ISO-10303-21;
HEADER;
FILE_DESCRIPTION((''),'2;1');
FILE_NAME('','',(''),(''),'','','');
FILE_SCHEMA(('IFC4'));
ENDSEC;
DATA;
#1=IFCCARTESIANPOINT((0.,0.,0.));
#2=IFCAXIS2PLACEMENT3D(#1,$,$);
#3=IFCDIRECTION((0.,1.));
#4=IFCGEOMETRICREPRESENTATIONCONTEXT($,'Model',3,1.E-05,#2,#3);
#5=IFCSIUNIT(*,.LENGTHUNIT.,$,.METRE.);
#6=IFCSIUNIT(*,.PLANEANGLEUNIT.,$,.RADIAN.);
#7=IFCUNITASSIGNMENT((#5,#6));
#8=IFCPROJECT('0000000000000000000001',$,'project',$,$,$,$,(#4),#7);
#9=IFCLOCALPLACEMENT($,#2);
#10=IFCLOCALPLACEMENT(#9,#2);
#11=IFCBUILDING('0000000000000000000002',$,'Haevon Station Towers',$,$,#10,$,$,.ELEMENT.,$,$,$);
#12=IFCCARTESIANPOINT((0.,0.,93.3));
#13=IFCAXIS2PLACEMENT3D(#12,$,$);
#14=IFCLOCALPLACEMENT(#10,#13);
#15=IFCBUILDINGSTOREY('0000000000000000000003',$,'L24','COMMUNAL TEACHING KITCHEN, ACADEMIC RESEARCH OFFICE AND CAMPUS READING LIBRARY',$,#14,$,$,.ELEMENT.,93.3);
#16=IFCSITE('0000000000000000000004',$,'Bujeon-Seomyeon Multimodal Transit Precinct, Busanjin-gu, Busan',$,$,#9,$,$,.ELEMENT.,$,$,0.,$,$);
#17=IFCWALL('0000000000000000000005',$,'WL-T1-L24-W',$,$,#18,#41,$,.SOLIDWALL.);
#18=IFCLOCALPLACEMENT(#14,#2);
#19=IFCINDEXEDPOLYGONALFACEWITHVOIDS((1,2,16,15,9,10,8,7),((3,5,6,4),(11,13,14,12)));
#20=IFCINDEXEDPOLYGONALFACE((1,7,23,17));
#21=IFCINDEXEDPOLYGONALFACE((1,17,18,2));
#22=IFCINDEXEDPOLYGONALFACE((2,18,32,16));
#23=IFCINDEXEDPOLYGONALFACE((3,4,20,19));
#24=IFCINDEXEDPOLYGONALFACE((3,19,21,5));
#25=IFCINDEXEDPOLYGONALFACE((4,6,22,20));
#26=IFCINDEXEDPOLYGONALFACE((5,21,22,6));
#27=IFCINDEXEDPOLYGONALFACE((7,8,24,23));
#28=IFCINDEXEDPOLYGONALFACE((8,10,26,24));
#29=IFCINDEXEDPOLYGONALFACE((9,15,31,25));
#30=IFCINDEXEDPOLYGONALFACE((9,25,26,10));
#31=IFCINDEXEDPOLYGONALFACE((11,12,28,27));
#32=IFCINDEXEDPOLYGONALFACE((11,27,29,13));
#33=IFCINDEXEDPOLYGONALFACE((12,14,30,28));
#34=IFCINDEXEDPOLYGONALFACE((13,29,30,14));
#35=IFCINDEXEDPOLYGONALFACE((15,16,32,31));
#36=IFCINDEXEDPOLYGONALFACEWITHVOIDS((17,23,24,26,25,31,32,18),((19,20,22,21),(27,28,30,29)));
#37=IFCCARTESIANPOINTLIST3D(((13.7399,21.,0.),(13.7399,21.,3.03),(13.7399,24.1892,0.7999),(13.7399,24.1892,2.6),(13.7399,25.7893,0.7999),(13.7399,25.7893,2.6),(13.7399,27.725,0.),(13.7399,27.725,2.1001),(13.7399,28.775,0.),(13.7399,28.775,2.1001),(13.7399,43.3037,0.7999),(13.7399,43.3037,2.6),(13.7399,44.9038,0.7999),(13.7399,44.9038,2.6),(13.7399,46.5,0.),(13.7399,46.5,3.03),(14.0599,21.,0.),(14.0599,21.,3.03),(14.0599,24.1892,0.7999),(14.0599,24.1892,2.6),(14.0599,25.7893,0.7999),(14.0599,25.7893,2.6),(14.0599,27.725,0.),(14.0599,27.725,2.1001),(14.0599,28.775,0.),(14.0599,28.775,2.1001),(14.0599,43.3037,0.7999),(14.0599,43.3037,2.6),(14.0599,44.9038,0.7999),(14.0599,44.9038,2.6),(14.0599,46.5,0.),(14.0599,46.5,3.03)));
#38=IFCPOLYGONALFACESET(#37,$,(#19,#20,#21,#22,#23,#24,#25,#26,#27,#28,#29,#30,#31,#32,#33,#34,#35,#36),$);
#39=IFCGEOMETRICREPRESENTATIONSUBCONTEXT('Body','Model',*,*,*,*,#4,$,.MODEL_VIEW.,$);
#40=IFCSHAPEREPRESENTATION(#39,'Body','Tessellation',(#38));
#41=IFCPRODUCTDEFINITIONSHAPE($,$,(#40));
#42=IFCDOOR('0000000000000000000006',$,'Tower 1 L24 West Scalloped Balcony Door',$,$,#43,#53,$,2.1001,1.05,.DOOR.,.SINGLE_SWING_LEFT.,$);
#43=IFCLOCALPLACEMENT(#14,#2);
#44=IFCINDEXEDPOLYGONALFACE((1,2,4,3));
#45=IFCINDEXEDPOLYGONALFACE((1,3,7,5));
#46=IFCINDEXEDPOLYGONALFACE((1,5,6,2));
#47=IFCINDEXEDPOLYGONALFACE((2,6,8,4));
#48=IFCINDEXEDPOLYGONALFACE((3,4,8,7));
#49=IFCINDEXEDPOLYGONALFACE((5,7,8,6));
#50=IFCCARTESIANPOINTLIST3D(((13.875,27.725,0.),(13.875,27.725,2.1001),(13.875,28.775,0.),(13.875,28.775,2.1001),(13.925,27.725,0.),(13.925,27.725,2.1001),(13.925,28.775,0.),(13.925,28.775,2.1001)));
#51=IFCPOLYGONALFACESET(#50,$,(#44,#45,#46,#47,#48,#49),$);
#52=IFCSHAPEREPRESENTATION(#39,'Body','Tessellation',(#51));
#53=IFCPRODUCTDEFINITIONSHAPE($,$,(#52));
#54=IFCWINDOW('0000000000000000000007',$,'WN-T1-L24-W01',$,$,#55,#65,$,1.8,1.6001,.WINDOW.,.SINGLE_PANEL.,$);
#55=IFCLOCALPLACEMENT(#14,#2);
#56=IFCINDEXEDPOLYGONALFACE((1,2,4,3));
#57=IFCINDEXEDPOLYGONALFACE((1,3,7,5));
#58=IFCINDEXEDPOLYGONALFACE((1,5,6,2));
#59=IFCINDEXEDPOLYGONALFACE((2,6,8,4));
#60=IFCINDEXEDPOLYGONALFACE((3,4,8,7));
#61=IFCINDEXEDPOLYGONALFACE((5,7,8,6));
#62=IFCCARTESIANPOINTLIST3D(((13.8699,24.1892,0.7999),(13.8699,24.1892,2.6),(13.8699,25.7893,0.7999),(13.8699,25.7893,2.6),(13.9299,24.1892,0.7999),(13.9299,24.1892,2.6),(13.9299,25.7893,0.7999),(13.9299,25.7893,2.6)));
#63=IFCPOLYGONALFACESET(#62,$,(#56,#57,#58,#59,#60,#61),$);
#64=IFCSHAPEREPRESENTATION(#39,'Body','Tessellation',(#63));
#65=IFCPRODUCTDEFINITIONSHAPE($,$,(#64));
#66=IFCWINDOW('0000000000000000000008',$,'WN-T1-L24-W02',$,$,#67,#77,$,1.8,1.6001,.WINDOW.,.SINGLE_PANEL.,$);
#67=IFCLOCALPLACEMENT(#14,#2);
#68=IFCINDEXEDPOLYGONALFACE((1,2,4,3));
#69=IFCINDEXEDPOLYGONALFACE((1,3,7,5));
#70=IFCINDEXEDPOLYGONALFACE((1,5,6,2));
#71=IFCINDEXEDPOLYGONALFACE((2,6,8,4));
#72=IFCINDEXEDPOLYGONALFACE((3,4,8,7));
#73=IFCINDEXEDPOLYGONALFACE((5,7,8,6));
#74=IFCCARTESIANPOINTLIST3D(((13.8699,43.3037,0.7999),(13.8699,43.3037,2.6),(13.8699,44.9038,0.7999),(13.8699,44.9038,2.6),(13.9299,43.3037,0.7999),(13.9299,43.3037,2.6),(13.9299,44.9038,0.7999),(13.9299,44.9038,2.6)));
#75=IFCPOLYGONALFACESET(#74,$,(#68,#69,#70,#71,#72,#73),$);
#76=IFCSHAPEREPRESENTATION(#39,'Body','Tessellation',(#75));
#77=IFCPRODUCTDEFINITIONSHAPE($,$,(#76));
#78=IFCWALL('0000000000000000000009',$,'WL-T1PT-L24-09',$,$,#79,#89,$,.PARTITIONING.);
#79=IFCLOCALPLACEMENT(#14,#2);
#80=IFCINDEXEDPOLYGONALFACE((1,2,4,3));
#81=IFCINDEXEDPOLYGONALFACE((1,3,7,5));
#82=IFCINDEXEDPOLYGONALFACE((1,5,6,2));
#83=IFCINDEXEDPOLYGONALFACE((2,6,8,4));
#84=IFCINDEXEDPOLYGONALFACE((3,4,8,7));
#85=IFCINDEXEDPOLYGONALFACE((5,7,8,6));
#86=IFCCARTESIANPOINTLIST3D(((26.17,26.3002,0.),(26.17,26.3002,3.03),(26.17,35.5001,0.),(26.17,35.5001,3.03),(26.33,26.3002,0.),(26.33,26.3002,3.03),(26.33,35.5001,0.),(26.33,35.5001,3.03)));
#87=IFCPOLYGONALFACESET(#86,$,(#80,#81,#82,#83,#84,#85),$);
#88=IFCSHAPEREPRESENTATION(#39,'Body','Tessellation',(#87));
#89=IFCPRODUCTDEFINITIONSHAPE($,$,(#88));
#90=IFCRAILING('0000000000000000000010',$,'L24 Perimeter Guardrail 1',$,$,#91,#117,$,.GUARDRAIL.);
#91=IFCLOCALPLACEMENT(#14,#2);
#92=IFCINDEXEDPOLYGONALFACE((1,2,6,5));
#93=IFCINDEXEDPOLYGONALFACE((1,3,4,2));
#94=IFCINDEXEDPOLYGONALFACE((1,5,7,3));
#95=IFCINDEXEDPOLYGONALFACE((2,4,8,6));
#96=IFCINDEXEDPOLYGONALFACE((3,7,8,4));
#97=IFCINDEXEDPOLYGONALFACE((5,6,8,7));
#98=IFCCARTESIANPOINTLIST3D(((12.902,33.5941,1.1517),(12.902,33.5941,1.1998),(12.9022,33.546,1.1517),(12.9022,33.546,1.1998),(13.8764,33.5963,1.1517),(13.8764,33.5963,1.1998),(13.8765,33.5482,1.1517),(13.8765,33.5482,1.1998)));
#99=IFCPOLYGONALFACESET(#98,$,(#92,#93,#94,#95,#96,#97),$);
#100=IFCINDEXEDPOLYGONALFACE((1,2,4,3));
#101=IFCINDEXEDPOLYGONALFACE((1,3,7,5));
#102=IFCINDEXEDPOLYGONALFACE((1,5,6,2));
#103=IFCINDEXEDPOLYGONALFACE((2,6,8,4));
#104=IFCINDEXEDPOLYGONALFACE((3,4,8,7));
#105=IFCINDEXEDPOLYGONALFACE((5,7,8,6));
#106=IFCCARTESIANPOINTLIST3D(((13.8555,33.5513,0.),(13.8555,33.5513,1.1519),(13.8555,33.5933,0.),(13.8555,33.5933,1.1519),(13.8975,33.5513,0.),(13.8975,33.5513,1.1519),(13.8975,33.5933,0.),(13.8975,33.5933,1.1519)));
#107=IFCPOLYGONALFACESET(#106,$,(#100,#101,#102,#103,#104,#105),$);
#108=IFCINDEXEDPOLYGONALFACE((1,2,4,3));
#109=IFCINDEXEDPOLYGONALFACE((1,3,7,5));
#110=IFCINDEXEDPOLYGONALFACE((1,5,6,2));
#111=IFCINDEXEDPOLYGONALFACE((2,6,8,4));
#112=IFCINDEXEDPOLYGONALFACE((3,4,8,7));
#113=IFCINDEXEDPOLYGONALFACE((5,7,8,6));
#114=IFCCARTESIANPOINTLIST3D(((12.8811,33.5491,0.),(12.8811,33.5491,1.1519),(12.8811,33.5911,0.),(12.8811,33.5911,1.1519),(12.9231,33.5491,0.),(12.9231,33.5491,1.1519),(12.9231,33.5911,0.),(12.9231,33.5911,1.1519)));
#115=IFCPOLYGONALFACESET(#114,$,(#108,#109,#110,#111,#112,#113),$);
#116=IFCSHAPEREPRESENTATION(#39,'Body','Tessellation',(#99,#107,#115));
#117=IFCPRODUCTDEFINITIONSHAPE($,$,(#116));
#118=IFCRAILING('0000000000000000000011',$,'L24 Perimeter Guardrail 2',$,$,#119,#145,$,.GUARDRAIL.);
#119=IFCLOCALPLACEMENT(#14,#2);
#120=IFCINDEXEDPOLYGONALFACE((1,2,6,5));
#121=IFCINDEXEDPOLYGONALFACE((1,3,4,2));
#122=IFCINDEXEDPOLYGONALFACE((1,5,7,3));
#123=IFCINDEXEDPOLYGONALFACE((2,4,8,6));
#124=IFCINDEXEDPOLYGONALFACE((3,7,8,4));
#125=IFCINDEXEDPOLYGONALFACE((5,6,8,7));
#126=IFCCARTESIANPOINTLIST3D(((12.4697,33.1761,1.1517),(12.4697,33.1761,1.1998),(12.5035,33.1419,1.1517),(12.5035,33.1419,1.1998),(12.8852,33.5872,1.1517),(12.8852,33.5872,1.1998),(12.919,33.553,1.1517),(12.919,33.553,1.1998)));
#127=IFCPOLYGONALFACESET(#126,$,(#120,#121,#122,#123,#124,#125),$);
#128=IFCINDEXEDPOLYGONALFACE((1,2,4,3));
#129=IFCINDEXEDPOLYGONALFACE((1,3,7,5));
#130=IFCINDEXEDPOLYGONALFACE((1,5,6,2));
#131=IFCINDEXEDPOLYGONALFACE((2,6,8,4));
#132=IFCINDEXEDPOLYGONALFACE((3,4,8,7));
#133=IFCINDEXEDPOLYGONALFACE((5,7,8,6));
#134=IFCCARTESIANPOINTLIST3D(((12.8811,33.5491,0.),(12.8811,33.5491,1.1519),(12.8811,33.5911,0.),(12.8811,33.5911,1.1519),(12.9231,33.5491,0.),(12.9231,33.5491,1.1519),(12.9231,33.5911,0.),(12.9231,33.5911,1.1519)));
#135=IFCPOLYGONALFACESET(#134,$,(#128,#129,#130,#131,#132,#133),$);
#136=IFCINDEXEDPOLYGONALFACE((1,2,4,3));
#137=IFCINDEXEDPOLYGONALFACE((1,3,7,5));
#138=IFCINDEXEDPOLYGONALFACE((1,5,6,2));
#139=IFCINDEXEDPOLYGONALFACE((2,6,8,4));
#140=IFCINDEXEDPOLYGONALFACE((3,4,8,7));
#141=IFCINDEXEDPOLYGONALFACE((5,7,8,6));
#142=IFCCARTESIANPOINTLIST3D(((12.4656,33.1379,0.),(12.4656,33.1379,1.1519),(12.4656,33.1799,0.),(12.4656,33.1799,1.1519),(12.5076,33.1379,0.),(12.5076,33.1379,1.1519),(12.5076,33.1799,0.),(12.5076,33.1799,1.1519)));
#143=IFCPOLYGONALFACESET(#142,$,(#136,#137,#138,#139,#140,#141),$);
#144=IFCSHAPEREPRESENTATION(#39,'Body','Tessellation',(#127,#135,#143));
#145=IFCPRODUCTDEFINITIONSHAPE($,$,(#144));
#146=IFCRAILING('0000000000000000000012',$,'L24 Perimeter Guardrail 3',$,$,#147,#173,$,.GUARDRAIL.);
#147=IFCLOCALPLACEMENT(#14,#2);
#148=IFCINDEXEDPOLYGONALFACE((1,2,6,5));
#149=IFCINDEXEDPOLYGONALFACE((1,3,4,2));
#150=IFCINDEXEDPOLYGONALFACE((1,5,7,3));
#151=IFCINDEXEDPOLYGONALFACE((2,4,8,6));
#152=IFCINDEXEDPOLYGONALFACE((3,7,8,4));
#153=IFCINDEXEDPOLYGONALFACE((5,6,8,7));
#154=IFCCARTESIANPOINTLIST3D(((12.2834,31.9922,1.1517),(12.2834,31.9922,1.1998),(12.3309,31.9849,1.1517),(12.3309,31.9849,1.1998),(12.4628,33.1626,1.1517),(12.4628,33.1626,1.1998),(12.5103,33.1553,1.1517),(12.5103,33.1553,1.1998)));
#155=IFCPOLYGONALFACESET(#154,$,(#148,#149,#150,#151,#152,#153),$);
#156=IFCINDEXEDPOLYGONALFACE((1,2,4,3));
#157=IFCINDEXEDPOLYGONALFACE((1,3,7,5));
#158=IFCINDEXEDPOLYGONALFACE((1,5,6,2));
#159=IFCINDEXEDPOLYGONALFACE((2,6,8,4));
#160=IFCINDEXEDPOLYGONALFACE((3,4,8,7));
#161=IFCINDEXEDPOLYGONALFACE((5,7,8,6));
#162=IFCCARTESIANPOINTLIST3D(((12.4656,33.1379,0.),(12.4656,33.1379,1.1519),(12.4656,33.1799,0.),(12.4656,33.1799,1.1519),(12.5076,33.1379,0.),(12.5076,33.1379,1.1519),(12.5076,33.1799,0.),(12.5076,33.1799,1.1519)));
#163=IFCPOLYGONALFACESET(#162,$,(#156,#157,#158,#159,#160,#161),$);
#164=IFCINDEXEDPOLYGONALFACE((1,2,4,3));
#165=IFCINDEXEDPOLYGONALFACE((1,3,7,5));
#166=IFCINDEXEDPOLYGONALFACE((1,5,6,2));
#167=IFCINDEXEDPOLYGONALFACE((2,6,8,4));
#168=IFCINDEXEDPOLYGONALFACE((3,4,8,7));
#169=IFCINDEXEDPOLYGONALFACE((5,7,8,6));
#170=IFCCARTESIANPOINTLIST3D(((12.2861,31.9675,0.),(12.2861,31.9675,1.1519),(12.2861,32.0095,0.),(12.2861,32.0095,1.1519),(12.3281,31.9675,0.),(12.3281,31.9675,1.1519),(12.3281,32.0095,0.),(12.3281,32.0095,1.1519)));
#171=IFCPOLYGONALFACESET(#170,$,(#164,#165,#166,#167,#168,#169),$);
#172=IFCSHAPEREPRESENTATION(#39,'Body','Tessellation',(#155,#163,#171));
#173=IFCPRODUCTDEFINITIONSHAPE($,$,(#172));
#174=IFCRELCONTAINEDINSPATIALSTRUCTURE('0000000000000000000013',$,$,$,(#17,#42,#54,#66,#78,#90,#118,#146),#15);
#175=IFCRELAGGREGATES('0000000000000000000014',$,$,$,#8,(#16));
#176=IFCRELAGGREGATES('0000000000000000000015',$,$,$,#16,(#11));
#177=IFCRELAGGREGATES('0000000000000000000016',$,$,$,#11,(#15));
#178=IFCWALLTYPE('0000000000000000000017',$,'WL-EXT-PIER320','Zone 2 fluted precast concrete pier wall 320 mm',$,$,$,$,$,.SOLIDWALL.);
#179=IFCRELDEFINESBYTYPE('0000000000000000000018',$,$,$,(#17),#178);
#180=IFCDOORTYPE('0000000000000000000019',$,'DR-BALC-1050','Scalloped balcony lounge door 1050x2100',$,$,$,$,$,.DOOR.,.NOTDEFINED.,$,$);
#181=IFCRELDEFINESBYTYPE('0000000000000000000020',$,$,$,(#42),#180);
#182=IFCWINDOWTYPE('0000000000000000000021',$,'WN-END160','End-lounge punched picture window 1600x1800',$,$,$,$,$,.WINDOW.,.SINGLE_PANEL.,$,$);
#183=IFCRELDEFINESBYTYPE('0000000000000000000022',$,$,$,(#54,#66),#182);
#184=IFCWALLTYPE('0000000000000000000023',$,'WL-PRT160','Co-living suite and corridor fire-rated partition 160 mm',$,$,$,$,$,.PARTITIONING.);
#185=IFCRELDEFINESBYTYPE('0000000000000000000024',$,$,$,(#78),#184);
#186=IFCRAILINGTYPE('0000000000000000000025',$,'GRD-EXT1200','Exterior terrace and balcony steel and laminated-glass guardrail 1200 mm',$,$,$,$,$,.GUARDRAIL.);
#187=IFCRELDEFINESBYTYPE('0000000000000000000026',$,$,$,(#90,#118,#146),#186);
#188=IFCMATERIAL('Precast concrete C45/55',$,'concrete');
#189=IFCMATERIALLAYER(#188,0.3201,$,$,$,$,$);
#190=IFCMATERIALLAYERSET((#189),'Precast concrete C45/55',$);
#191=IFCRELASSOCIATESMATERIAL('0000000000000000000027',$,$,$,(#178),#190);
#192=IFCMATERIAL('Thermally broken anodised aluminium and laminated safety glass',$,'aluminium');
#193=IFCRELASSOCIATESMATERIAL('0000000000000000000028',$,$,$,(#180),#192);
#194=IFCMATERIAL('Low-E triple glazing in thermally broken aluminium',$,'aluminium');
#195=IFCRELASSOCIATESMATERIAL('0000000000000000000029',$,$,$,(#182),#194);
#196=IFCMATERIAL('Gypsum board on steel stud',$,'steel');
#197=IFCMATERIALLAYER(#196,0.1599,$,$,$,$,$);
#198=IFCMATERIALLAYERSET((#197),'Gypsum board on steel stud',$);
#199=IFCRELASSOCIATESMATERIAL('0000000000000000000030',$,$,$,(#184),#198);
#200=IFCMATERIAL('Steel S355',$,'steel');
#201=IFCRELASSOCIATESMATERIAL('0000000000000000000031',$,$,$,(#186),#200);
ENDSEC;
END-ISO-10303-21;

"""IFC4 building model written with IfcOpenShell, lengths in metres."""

from ifc_helpers import new_model, si_unit, direction, frame, frame_2d, origin, origin_2d, place, context, subcontext, project, spatial, rectangle, extrude, material, layer, layer_set, type_object, element, fill, save


model = new_model("IFC4")

# Units and contexts
model_context = context("Model", 3, precision=1e-05, world=origin(), true_north=direction((0.0, 1.0)))
body_context = subcontext(model_context, "Body", "Model", "MODEL_VIEW")
ifc_project = project(units=[si_unit("LENGTHUNIT", "METRE"), si_unit("PLANEANGLEUNIT", "RADIAN")], contexts=[model_context])

# Site, building, storey
site_placement = place(None, origin())
site = spatial("IfcSite", under=ifc_project, at=site_placement, Name="Bujeon-Seomyeon Multimodal Transit Precinct, Busanjin-gu, Busan", CompositionType="ELEMENT", RefElevation=0.0)
building_placement = place(site_placement, origin())
building = spatial("IfcBuilding", under=site, at=building_placement, Name="Haevon Station Towers", CompositionType="ELEMENT")
storey_placement = place(building_placement, frame((0.0, 0.0, 93.3)))
storey = spatial("IfcBuildingStorey", under=building, at=storey_placement, Name="L24", Description="COMMUNAL TEACHING KITCHEN, ACADEMIC RESEARCH OFFICE AND CAMPUS READING LIBRARY", CompositionType="ELEMENT", Elevation=93.3)

# Shared definitions
ifc_material_1 = material(Name="Steel S355", Category="steel")

# Wall, openings, door, windows
ifc_material_2 = material(Name="Precast concrete C45/55", Category="concrete")
ifc_layer_1 = layer(ifc_material_2, 0.3201)
ifc_layer_set_1 = layer_set([ifc_layer_1], Name="Precast concrete C45/55")
wall_type_1 = type_object("IfcWallType", Name="WL-EXT-PIER320", Description="Zone 2 fluted precast concrete pier wall 320 mm", PredefinedType="SOLIDWALL", material=ifc_layer_set_1)
wall_1_placement = place(storey_placement, frame((13.8999, 21.0, 0.0), z_axis=(0.0, 0.0, 1.0), x_axis=(0.0, 1.0, 0.0)))
wall_1 = element("IfcWall", 1, at=wall_1_placement, inside=storey, type_object=wall_type_1, Name="WL-T1-L24-W", PredefinedType="SOLIDWALL", context=body_context, shape_type="SweptSolid", body=[
    extrude(rectangle(XDim=25.5, YDim=0.3201, at=frame_2d((12.75, 0.0))), origin(), (0.0, 0.0, 1.0), 3.03),
])
opening_1_placement = place(wall_1_placement, frame((6.7251, 0.0, 0.0)))
opening_1 = element("IfcOpeningElement", 2, at=opening_1_placement, cuts=wall_1, PredefinedType="OPENING", context=body_context, shape_type="SweptSolid", body=[
    extrude(rectangle(XDim=1.05, YDim=2.1001, at=frame_2d((0.5249, 1.05))), frame((0.0, 0.1699, 0.0), z_axis=(0.0, -1.0, 0.0), x_axis=(1.0, 0.0, 0.0)), (0.0, 0.0, 1.0), 0.3401),
])
opening_2_placement = place(wall_1_placement, frame((3.1892, 0.0, 0.8)))
opening_2 = element("IfcOpeningElement", 3, at=opening_2_placement, cuts=wall_1, PredefinedType="OPENING", context=body_context, shape_type="SweptSolid", body=[
    extrude(rectangle(XDim=1.6001, YDim=1.8, at=frame_2d((0.8, 0.8999))), frame((0.0, 0.1699, 0.0), z_axis=(0.0, -1.0, 0.0), x_axis=(1.0, 0.0, 0.0)), (0.0, 0.0, 1.0), 0.3401),
])
opening_3_placement = place(wall_1_placement, frame((22.3037, 0.0, 0.8)))
opening_3 = element("IfcOpeningElement", 4, at=opening_3_placement, cuts=wall_1, PredefinedType="OPENING", context=body_context, shape_type="SweptSolid", body=[
    extrude(rectangle(XDim=1.6001, YDim=1.8, at=frame_2d((0.8, 0.8999))), frame((0.0, 0.1699, 0.0), z_axis=(0.0, -1.0, 0.0), x_axis=(1.0, 0.0, 0.0)), (0.0, 0.0, 1.0), 0.3401),
])
ifc_material_3 = material(Name="Thermally broken anodised aluminium and laminated safety glass", Category="aluminium")
door_type = type_object("IfcDoorType", Name="DR-BALC-1050", Description="Scalloped balcony lounge door 1050x2100", OperationType="NOTDEFINED", PredefinedType="DOOR", material=ifc_material_3)
door_placement = place(opening_1_placement, origin())
door = element("IfcDoor", 5, at=door_placement, inside=storey, type_object=door_type, Name="Tower 1 L24 West Scalloped Balcony Door", OperationType="SINGLE_SWING_LEFT", OverallHeight=2.1001, OverallWidth=1.05, PredefinedType="DOOR", context=body_context, shape_type="SweptSolid", body=[
    extrude(rectangle(XDim=1.05, YDim=2.1001, at=frame_2d((0.5249, 1.05))), frame((0.0, 0.0249, 0.0), z_axis=(0.0, -1.0, 0.0), x_axis=(1.0, 0.0, 0.0)), (0.0, 0.0, 1.0), 0.05),
])
fill(opening_1, door)
ifc_material_4 = material(Name="Low-E triple glazing in thermally broken aluminium", Category="aluminium")
window_type = type_object("IfcWindowType", Name="WN-END160", Description="End-lounge punched picture window 1600x1800", PartitioningType="SINGLE_PANEL", PredefinedType="WINDOW", material=ifc_material_4)
window_1_placement = place(opening_2_placement, origin())
window_1 = element("IfcWindow", 6, at=window_1_placement, inside=storey, type_object=window_type, Name="WN-T1-L24-W01", OverallHeight=1.8, OverallWidth=1.6001, PartitioningType="SINGLE_PANEL", PredefinedType="WINDOW", context=body_context, shape_type="SweptSolid", body=[
    extrude(rectangle(XDim=1.6001, YDim=1.8, at=frame_2d((0.8, 0.8999))), frame((0.0, 0.03, 0.0), z_axis=(0.0, -1.0, 0.0), x_axis=(1.0, 0.0, 0.0)), (0.0, 0.0, 1.0), 0.0601),
])
fill(opening_2, window_1)
window_2_placement = place(opening_3_placement, origin())
window_2 = element("IfcWindow", 7, at=window_2_placement, inside=storey, type_object=window_type, Name="WN-T1-L24-W02", OverallHeight=1.8, OverallWidth=1.6001, PartitioningType="SINGLE_PANEL", PredefinedType="WINDOW", context=body_context, shape_type="SweptSolid", body=[
    extrude(rectangle(XDim=1.6001, YDim=1.8, at=frame_2d((0.8, 0.8999))), frame((0.0, 0.03, 0.0), z_axis=(0.0, -1.0, 0.0), x_axis=(1.0, 0.0, 0.0)), (0.0, 0.0, 1.0), 0.0601),
])
fill(opening_3, window_2)

# Wall
ifc_material_5 = material(Name="Gypsum board on steel stud", Category="steel")
ifc_layer_2 = layer(ifc_material_5, 0.1599)
ifc_layer_set_2 = layer_set([ifc_layer_2], Name="Gypsum board on steel stud")
wall_type_2 = type_object("IfcWallType", Name="WL-PRT160", Description="Co-living suite and corridor fire-rated partition 160 mm", PredefinedType="PARTITIONING", material=ifc_layer_set_2)
wall_2_placement = place(storey_placement, frame((26.25, 26.3, 0.0), z_axis=(0.0, 0.0, 1.0), x_axis=(0.0, 1.0, 0.0)))
element("IfcWall", 8, at=wall_2_placement, inside=storey, type_object=wall_type_2, Name="WL-T1PT-L24-09", PredefinedType="PARTITIONING", context=body_context, shape_type="SweptSolid", body=[
    extrude(rectangle(XDim=9.2, YDim=0.1599, at=frame_2d((4.6001, 0.0))), origin(), (0.0, 0.0, 1.0), 3.03),
])

# Railings
railing_type = type_object("IfcRailingType", Name="GRD-EXT1200", Description="Exterior terrace and balcony steel and laminated-glass guardrail 1200 mm", PredefinedType="GUARDRAIL", material=ifc_material_1)
railing_1_placement = place(storey_placement, frame((13.8765, 33.5723, 0.0)))
element("IfcRailing", 9, at=railing_1_placement, inside=storey, type_object=railing_type, Name="L24 Perimeter Guardrail 1", PredefinedType="GUARDRAIL", context=body_context, shape_type="SweptSolid", body=[
    extrude(rectangle(XDim=0.0481, YDim=0.0481, at=origin_2d()), frame((0.0, 0.0, 1.1758), z_axis=(-0.999997, -0.002255, 0.0), x_axis=(0.002255, -0.999997, 0.0)), (0.0, 0.0, 1.0), 0.9744),
    extrude(rectangle(XDim=0.042, YDim=0.042, at=origin_2d()), origin(), (0.0, 0.0, 1.0), 1.1519),
    extrude(rectangle(XDim=0.042, YDim=0.042, at=origin_2d()), frame((-0.9744, -0.0022, 0.0)), (0.0, 0.0, 1.0), 1.1519),
])
railing_2_placement = place(storey_placement, frame((12.9021, 33.5701, 0.0)))
element("IfcRailing", 10, at=railing_2_placement, inside=storey, type_object=railing_type, Name="L24 Perimeter Guardrail 2", PredefinedType="GUARDRAIL", context=body_context, shape_type="SweptSolid", body=[
    extrude(rectangle(XDim=0.0481, YDim=0.0481, at=origin_2d()), frame((0.0, 0.0, 1.1758), z_axis=(-0.710856, -0.703338, 0.0), x_axis=(0.703338, -0.710856, 0.0)), (0.0, 0.0, 1.0), 0.5845),
    extrude(rectangle(XDim=0.042, YDim=0.042, at=origin_2d()), origin(), (0.0, 0.0, 1.0), 1.1519),
    extrude(rectangle(XDim=0.042, YDim=0.042, at=origin_2d()), frame((-0.4155, -0.4111, 0.0)), (0.0, 0.0, 1.0), 1.1519),
])
railing_3_placement = place(storey_placement, frame((12.4866, 33.1589, 0.0)))
element("IfcRailing", 11, at=railing_3_placement, inside=storey, type_object=railing_type, Name="L24 Perimeter Guardrail 3", PredefinedType="GUARDRAIL", context=body_context, shape_type="SweptSolid", body=[
    extrude(rectangle(XDim=0.0481, YDim=0.0481, at=origin_2d()), frame((0.0, 0.0, 1.1758), z_axis=(-0.151546, -0.98845, 0.0), x_axis=(0.98845, -0.151546, 0.0)), (0.0, 0.0, 1.0), 1.1841),
    extrude(rectangle(XDim=0.042, YDim=0.042, at=origin_2d()), origin(), (0.0, 0.0, 1.0), 1.1519),
    extrude(rectangle(XDim=0.042, YDim=0.042, at=origin_2d()), frame((-0.1794, -1.1704, 0.0)), (0.0, 0.0, 1.0), 1.1519),
])

save(model, "model.ifc")
